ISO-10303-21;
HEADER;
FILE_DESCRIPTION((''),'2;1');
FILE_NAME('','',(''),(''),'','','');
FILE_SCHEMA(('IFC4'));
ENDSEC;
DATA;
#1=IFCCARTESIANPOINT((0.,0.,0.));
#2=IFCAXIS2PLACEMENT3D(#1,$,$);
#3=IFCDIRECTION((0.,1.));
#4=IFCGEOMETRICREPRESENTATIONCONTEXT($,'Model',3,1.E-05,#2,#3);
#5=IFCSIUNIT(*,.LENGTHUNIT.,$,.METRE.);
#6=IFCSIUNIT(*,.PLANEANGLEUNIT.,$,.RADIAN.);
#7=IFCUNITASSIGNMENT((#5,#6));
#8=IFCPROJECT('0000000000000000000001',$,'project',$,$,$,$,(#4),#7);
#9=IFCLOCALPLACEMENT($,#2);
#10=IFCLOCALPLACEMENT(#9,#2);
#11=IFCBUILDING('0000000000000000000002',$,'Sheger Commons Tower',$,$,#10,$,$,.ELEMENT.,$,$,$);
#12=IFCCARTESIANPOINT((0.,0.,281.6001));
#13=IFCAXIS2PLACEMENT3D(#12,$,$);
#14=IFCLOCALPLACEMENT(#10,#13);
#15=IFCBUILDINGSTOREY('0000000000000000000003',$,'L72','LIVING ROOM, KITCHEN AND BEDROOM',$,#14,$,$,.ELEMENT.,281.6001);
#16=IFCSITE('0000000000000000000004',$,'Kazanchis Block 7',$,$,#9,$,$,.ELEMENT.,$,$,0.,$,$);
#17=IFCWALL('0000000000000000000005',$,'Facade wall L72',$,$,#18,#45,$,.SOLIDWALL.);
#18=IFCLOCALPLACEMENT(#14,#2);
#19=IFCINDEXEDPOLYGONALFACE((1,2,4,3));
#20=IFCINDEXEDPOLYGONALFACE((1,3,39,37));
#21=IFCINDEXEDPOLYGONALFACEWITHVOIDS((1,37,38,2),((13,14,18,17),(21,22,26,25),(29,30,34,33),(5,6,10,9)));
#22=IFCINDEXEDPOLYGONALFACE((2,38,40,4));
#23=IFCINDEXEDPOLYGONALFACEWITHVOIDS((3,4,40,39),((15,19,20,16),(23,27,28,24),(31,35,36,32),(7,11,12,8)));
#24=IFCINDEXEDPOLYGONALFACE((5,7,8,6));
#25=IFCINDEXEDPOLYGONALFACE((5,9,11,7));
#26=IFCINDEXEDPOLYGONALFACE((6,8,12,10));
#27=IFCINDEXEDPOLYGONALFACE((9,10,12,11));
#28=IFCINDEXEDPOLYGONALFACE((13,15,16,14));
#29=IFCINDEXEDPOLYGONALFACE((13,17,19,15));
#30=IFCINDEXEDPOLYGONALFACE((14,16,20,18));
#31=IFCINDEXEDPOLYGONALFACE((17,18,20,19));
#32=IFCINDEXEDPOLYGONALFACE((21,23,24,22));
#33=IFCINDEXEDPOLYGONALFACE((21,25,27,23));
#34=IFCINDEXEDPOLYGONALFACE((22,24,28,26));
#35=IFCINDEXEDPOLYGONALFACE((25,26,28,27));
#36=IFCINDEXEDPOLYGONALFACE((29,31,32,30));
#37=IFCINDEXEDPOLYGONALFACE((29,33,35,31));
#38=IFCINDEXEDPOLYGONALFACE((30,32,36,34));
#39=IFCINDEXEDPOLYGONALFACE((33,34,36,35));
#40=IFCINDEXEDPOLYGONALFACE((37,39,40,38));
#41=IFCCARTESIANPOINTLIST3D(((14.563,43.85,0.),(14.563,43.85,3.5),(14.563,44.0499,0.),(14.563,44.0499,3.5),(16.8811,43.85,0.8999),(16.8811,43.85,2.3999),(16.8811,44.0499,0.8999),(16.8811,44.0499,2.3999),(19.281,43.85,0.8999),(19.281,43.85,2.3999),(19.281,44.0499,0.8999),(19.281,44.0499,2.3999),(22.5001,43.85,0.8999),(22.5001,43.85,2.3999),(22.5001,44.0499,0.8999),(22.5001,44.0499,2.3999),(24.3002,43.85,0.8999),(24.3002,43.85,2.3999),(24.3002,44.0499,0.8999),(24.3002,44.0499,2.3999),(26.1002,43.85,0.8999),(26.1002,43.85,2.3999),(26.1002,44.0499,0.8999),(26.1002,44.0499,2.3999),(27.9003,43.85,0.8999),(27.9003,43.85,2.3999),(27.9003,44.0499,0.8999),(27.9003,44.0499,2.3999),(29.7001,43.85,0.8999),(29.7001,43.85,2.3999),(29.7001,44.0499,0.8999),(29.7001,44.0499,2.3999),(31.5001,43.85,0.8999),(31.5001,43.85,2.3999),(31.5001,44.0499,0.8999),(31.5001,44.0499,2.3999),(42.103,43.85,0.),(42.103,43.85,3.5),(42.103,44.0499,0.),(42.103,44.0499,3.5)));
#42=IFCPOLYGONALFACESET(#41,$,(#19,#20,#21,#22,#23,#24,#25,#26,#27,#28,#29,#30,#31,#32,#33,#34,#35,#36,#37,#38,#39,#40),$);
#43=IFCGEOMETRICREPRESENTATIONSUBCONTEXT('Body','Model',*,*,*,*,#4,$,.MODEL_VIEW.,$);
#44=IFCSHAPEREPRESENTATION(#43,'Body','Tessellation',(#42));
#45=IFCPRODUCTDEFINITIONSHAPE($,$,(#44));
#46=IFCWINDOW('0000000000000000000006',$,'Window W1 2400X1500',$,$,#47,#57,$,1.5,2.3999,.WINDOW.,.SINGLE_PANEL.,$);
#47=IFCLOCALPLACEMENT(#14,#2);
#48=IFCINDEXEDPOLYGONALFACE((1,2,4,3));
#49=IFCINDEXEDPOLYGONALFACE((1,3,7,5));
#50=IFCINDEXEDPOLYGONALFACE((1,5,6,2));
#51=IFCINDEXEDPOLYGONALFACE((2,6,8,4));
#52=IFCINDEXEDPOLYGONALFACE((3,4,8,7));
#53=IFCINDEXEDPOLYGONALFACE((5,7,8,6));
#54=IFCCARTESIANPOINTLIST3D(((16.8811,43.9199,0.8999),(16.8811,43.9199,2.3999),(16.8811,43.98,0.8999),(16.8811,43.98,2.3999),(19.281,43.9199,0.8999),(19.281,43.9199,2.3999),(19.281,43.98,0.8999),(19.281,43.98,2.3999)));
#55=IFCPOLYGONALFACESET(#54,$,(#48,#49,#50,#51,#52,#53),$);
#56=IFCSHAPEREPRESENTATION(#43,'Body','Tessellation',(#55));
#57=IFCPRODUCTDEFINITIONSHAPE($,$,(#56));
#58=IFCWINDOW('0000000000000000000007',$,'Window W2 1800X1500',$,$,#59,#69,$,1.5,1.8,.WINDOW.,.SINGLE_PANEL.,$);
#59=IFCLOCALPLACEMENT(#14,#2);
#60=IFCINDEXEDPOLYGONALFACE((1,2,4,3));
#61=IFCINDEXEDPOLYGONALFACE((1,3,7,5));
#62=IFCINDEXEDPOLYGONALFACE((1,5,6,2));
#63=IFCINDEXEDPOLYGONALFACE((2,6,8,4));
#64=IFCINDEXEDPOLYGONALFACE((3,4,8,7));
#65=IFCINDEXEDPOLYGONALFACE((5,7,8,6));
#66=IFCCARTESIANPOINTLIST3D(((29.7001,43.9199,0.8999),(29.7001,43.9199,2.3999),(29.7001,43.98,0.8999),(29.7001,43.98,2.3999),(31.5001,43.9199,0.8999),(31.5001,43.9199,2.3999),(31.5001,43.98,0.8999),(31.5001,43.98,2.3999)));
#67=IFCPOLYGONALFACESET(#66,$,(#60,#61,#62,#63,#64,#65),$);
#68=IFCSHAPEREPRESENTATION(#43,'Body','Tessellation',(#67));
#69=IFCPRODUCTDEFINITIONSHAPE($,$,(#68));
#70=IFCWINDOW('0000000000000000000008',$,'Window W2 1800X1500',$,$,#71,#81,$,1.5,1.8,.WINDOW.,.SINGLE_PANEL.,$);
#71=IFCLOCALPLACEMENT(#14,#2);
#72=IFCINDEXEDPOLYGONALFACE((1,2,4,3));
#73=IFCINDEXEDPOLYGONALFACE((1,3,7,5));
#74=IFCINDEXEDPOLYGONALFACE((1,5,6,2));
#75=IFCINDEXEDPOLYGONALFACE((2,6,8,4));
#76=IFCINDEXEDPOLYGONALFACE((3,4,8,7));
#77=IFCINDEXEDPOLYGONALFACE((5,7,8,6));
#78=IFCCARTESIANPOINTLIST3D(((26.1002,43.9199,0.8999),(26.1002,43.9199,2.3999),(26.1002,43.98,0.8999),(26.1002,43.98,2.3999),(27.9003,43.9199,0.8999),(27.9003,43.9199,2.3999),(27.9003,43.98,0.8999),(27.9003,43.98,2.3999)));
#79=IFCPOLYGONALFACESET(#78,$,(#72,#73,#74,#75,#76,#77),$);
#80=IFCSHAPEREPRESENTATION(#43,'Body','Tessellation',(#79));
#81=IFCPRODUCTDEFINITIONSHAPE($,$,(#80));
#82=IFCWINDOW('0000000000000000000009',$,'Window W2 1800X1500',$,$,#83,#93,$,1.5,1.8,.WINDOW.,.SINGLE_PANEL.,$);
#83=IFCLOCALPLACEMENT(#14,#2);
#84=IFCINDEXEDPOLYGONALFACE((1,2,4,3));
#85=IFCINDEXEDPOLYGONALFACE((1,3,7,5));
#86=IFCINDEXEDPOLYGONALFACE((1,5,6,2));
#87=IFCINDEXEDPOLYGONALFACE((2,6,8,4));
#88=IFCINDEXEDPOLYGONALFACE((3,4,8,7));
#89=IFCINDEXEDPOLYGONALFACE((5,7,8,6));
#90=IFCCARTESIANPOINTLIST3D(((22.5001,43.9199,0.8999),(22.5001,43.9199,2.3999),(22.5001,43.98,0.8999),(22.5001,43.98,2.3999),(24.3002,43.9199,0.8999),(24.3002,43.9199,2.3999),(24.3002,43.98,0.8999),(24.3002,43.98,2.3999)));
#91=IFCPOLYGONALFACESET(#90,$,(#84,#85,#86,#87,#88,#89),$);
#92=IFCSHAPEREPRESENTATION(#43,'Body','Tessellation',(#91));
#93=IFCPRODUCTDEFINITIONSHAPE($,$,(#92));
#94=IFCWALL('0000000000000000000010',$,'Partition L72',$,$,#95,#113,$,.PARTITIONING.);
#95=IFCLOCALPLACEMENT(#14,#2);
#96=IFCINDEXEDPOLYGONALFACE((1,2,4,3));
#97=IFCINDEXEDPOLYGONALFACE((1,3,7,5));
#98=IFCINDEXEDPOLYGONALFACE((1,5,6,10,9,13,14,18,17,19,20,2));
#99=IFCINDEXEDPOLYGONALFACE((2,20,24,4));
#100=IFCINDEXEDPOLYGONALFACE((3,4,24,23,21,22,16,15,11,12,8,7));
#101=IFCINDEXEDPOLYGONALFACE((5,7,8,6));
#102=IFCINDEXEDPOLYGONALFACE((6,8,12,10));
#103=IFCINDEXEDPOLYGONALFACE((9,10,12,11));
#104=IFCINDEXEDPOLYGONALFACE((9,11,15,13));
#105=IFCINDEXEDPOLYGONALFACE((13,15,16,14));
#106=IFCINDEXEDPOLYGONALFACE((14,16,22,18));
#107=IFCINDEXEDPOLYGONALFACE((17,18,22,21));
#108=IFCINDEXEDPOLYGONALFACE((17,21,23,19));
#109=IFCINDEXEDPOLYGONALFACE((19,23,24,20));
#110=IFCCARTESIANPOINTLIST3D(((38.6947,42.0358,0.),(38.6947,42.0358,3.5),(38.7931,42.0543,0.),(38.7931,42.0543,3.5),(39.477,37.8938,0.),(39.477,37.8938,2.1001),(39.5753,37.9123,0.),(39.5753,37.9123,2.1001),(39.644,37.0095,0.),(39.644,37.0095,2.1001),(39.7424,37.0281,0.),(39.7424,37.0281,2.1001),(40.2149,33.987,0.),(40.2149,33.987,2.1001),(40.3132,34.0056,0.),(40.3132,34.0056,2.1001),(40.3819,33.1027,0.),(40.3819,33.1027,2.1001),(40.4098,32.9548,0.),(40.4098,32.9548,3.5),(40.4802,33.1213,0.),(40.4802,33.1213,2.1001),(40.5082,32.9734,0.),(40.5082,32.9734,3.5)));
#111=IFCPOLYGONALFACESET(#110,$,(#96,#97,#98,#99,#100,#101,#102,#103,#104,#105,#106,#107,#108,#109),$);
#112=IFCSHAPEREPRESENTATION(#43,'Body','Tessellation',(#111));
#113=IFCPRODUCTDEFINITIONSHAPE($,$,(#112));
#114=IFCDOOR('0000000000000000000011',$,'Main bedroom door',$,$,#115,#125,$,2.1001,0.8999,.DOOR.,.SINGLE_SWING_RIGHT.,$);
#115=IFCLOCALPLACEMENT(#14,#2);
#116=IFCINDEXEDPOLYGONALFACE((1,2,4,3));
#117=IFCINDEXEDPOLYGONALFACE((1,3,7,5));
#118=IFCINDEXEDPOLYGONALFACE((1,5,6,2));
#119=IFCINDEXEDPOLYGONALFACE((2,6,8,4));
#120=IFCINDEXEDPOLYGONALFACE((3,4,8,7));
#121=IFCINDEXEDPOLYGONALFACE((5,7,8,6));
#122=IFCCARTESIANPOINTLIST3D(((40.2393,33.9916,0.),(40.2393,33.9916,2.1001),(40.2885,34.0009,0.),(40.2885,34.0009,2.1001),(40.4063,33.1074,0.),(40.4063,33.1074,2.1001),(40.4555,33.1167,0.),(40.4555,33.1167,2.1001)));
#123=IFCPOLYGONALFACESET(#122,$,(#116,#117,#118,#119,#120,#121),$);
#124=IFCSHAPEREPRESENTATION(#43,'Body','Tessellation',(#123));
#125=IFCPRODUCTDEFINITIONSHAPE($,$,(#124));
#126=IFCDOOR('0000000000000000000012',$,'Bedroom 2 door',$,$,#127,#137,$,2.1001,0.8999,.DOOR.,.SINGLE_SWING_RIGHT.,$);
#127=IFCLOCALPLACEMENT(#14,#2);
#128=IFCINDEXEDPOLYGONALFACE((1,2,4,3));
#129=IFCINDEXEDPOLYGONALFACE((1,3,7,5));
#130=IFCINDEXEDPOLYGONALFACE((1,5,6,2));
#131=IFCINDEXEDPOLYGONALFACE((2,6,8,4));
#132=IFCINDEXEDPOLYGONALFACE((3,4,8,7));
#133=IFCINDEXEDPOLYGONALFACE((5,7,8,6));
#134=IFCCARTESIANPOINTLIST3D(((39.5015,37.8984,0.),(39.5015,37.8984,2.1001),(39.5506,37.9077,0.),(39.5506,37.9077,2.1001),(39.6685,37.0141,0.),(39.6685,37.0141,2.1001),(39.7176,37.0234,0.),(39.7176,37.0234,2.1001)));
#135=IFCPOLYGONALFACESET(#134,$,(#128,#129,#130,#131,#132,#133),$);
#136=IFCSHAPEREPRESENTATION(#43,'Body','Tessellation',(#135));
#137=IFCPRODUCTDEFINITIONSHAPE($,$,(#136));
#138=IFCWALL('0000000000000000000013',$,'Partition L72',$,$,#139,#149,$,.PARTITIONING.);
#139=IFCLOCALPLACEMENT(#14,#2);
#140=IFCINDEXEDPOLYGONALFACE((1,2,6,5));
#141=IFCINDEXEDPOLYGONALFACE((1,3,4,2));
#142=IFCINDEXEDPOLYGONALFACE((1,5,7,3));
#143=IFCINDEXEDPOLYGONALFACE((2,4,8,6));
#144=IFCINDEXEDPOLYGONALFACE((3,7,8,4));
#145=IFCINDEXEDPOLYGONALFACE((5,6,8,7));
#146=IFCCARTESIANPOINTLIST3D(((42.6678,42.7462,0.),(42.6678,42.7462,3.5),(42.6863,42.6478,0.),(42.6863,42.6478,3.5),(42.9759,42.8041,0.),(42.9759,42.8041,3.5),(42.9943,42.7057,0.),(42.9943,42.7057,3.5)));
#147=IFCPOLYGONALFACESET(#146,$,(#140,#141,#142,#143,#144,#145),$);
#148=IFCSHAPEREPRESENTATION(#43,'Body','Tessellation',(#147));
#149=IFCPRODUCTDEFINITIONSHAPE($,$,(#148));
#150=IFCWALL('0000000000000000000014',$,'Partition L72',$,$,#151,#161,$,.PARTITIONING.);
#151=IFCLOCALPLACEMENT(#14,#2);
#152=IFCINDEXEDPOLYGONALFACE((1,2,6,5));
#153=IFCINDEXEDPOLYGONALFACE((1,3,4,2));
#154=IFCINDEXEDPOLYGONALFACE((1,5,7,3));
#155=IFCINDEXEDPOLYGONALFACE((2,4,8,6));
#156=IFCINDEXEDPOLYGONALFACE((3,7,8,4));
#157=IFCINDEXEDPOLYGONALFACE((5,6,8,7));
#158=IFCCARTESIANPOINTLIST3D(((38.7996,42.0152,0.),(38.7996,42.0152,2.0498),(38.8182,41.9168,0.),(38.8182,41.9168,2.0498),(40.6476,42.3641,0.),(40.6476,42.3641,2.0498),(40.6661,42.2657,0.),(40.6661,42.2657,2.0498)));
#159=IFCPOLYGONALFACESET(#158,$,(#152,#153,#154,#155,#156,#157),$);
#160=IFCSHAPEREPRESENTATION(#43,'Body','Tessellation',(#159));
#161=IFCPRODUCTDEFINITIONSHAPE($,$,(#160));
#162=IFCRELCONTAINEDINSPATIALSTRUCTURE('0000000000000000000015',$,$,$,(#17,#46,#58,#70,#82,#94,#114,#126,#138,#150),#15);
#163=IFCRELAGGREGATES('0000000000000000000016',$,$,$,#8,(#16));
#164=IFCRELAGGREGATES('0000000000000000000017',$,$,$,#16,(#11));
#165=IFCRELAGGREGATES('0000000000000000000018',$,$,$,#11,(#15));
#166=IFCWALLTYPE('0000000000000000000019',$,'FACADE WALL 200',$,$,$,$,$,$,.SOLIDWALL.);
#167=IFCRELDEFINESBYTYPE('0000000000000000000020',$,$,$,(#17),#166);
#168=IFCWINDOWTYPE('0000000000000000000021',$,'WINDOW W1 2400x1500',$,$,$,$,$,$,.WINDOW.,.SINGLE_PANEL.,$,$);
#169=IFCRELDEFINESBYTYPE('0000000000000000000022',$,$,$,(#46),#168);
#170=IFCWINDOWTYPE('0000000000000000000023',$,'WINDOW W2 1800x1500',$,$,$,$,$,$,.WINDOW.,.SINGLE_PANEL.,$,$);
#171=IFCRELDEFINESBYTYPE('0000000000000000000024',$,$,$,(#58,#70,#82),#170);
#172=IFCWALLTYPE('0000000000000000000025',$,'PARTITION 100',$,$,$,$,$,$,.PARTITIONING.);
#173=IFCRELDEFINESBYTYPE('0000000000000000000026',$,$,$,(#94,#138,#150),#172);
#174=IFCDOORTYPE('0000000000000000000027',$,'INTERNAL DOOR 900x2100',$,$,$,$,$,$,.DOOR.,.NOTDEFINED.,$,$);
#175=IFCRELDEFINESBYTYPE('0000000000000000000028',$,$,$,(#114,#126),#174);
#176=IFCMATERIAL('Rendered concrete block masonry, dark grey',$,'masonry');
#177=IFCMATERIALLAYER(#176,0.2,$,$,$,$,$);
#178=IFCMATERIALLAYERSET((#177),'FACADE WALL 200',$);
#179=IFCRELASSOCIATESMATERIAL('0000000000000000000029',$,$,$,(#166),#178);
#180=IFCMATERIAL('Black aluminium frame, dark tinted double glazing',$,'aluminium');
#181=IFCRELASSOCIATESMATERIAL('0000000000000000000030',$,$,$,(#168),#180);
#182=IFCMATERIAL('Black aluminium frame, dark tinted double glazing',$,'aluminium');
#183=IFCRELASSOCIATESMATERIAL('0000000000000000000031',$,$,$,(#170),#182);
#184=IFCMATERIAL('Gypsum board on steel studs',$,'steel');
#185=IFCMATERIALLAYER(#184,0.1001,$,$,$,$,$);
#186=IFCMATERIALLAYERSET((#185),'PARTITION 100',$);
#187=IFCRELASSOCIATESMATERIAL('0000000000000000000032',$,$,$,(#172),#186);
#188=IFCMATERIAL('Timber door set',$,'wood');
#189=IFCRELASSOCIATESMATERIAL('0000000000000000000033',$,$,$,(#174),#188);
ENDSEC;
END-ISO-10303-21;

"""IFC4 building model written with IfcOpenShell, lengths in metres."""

from ifc_helpers import new_model, si_unit, direction, frame, frame_2d, origin, place, context, subcontext, project, spatial, rectangle, extrude, material, layer, layer_set, type_object, element, fill, save


model = new_model("IFC4")

# Units and contexts
model_context = context("Model", 3, precision=1e-05, world=origin(), true_north=direction((0.0, 1.0)))
body_context = subcontext(model_context, "Body", "Model", "MODEL_VIEW")
ifc_project = project(units=[si_unit("LENGTHUNIT", "METRE"), si_unit("PLANEANGLEUNIT", "RADIAN")], contexts=[model_context])

# Site, building, storey
site_placement = place(None, origin())
site = spatial("IfcSite", under=ifc_project, at=site_placement, Name="Kazanchis Block 7", CompositionType="ELEMENT", RefElevation=0.0)
building_placement = place(site_placement, origin())
building = spatial("IfcBuilding", under=site, at=building_placement, Name="Sheger Commons Tower", CompositionType="ELEMENT")
storey_placement = place(building_placement, frame((0.0, 0.0, 281.6001)))
storey = spatial("IfcBuildingStorey", under=building, at=storey_placement, Name="L72", Description="LIVING ROOM, KITCHEN AND BEDROOM", CompositionType="ELEMENT", Elevation=281.6001)

# Shared definitions
ifc_material_1 = material(Name="Rendered concrete block masonry, dark grey", Category="masonry")
ifc_layer_1 = layer(ifc_material_1, 0.2)
ifc_layer_set_1 = layer_set([ifc_layer_1], Name="FACADE WALL 200")
wall_type_1 = type_object("IfcWallType", Name="FACADE WALL 200", PredefinedType="SOLIDWALL", material=ifc_layer_set_1)

# Wall, openings, windows
wall_1_placement = place(storey_placement, frame((42.103, 43.95, 0.0), z_axis=(0.0, 0.0, 1.0), x_axis=(-1.0, 0.0, 0.0)))
wall_1 = element("IfcWall", 1, at=wall_1_placement, inside=storey, type_object=wall_type_1, Name="Facade wall L72", PredefinedType="SOLIDWALL", context=body_context, shape_type="SweptSolid", body=[
    extrude(rectangle(XDim=27.54, YDim=0.2, at=frame_2d((13.77, 0.0))), origin(), (0.0, 0.0, 1.0), 3.5),
])
opening_1_placement = place(wall_1_placement, frame((10.603, 0.0, 0.8999)))
opening_1 = element("IfcOpeningElement", 2, at=opening_1_placement, cuts=wall_1, PredefinedType="OPENING", context=body_context, shape_type="SweptSolid", body=[
    extrude(rectangle(XDim=1.8, YDim=1.5, at=frame_2d((0.8999, 0.75))), frame((0.0, 0.1099, 0.0), z_axis=(0.0, -1.0, 0.0), x_axis=(1.0, 0.0, 0.0)), (0.0, 0.0, 1.0), 0.22),
])
opening_2_placement = place(wall_1_placement, frame((14.2029, 0.0, 0.8999)))
opening_2 = element("IfcOpeningElement", 3, at=opening_2_placement, cuts=wall_1, PredefinedType="OPENING", context=body_context, shape_type="SweptSolid", body=[
    extrude(rectangle(XDim=1.8, YDim=1.5, at=frame_2d((0.8999, 0.75))), frame((0.0, 0.1099, 0.0), z_axis=(0.0, -1.0, 0.0), x_axis=(1.0, 0.0, 0.0)), (0.0, 0.0, 1.0), 0.22),
])
opening_3_placement = place(wall_1_placement, frame((17.803, 0.0, 0.8999)))
opening_3 = element("IfcOpeningElement", 4, at=opening_3_placement, cuts=wall_1, PredefinedType="OPENING", context=body_context, shape_type="SweptSolid", body=[
    extrude(rectangle(XDim=1.8, YDim=1.5, at=frame_2d((0.8999, 0.75))), frame((0.0, 0.1099, 0.0), z_axis=(0.0, -1.0, 0.0), x_axis=(1.0, 0.0, 0.0)), (0.0, 0.0, 1.0), 0.22),
])
opening_4_placement = place(wall_1_placement, frame((22.822, 0.0, 0.8999)))
opening_4 = element("IfcOpeningElement", 5, at=opening_4_placement, cuts=wall_1, PredefinedType="OPENING", context=body_context, shape_type="SweptSolid", body=[
    extrude(rectangle(XDim=2.3999, YDim=1.5, at=frame_2d((1.2, 0.75))), frame((0.0, 0.1099, 0.0), z_axis=(0.0, -1.0, 0.0), x_axis=(1.0, 0.0, 0.0)), (0.0, 0.0, 1.0), 0.22),
])
ifc_material_2 = material(Name="Black aluminium frame, dark tinted double glazing", Category="aluminium")
window_type_1 = type_object("IfcWindowType", Name="WINDOW W1 2400x1500", PartitioningType="SINGLE_PANEL", PredefinedType="WINDOW", material=ifc_material_2)
window_1_placement = place(opening_4_placement, origin())
window_1 = element("IfcWindow", 6, at=window_1_placement, inside=storey, type_object=window_type_1, Name="Window W1 2400X1500", OverallHeight=1.5, OverallWidth=2.3999, PartitioningType="SINGLE_PANEL", PredefinedType="WINDOW", context=body_context, shape_type="SweptSolid", body=[
    extrude(rectangle(XDim=2.3999, YDim=1.5, at=frame_2d((1.2, 0.75))), frame((0.0, 0.03, 0.0), z_axis=(0.0, -1.0, 0.0), x_axis=(1.0, 0.0, 0.0)), (0.0, 0.0, 1.0), 0.0601),
])
fill(opening_4, window_1)
ifc_material_3 = material(Name="Black aluminium frame, dark tinted double glazing", Category="aluminium")
window_type_2 = type_object("IfcWindowType", Name="WINDOW W2 1800x1500", PartitioningType="SINGLE_PANEL", PredefinedType="WINDOW", material=ifc_material_3)
window_2_placement = place(opening_1_placement, origin())
window_2 = element("IfcWindow", 7, at=window_2_placement, inside=storey, type_object=window_type_2, Name="Window W2 1800X1500", OverallHeight=1.5, OverallWidth=1.8, PartitioningType="SINGLE_PANEL", PredefinedType="WINDOW", context=body_context, shape_type="SweptSolid", body=[
    extrude(rectangle(XDim=1.8, YDim=1.5, at=frame_2d((0.8999, 0.75))), frame((0.0, 0.03, 0.0), z_axis=(0.0, -1.0, 0.0), x_axis=(1.0, 0.0, 0.0)), (0.0, 0.0, 1.0), 0.0601),
])
fill(opening_1, window_2)
window_3_placement = place(opening_2_placement, origin())
window_3 = element("IfcWindow", 8, at=window_3_placement, inside=storey, type_object=window_type_2, Name="Window W2 1800X1500", OverallHeight=1.5, OverallWidth=1.8, PartitioningType="SINGLE_PANEL", PredefinedType="WINDOW", context=body_context, shape_type="SweptSolid", body=[
    extrude(rectangle(XDim=1.8, YDim=1.5, at=frame_2d((0.8999, 0.75))), frame((0.0, 0.03, 0.0), z_axis=(0.0, -1.0, 0.0), x_axis=(1.0, 0.0, 0.0)), (0.0, 0.0, 1.0), 0.0601),
])
fill(opening_2, window_3)
window_4_placement = place(opening_3_placement, origin())
window_4 = element("IfcWindow", 9, at=window_4_placement, inside=storey, type_object=window_type_2, Name="Window W2 1800X1500", OverallHeight=1.5, OverallWidth=1.8, PartitioningType="SINGLE_PANEL", PredefinedType="WINDOW", context=body_context, shape_type="SweptSolid", body=[
    extrude(rectangle(XDim=1.8, YDim=1.5, at=frame_2d((0.8999, 0.75))), frame((0.0, 0.03, 0.0), z_axis=(0.0, -1.0, 0.0), x_axis=(1.0, 0.0, 0.0)), (0.0, 0.0, 1.0), 0.0601),
])
fill(opening_3, window_4)

# Wall, openings, doors
ifc_material_4 = material(Name="Gypsum board on steel studs", Category="steel")
ifc_layer_2 = layer(ifc_material_4, 0.1001)
ifc_layer_set_2 = layer_set([ifc_layer_2], Name="PARTITION 100")
wall_type_2 = type_object("IfcWallType", Name="PARTITION 100", PredefinedType="PARTITIONING", material=ifc_layer_set_2)
wall_2_placement = place(storey_placement, frame((38.7439, 42.0449, 0.0), z_axis=(0.0, 0.0, 1.0), x_axis=(0.185588, -0.982628, 0.0)))
wall_2 = element("IfcWall", 10, at=wall_2_placement, inside=storey, type_object=wall_type_2, Name="Partition L72", PredefinedType="PARTITIONING", context=body_context, shape_type="SweptSolid", body=[
    extrude(rectangle(XDim=9.2415, YDim=0.1001, at=frame_2d((4.6206, 0.0))), origin(), (0.0, 0.0, 1.0), 3.5),
])
opening_5_placement = place(wall_2_placement, frame((8.1909, 0.0, 0.0)))
opening_5 = element("IfcOpeningElement", 11, at=opening_5_placement, cuts=wall_2, PredefinedType="OPENING", context=body_context, shape_type="SweptSolid", body=[
    extrude(rectangle(XDim=0.8999, YDim=2.1001, at=frame_2d((0.45, 1.05))), frame((0.0, 0.0601, 0.0), z_axis=(0.0, -1.0, 0.0), x_axis=(1.0, 0.0, 0.0)), (0.0, 0.0, 1.0), 0.1201),
])
opening_6_placement = place(wall_2_placement, frame((4.2151, 0.0, 0.0)))
opening_6 = element("IfcOpeningElement", 12, at=opening_6_placement, cuts=wall_2, PredefinedType="OPENING", context=body_context, shape_type="SweptSolid", body=[
    extrude(rectangle(XDim=0.8999, YDim=2.1001, at=frame_2d((0.45, 1.05))), frame((0.0, 0.0601, 0.0), z_axis=(0.0, -1.0, 0.0), x_axis=(1.0, 0.0, 0.0)), (0.0, 0.0, 1.0), 0.1201),
])
ifc_material_5 = material(Name="Timber door set", Category="wood")
door_type = type_object("IfcDoorType", Name="INTERNAL DOOR 900x2100", OperationType="NOTDEFINED", PredefinedType="DOOR", material=ifc_material_5)
door_1_placement = place(opening_5_placement, origin())
door_1 = element("IfcDoor", 13, at=door_1_placement, inside=storey, type_object=door_type, Name="Main bedroom door", OperationType="SINGLE_SWING_RIGHT", OverallHeight=2.1001, OverallWidth=0.8999, PredefinedType="DOOR", context=body_context, shape_type="SweptSolid", body=[
    extrude(rectangle(XDim=0.8999, YDim=2.1001, at=frame_2d((0.45, 1.05))), frame((0.0, 0.0249, 0.0), z_axis=(0.0, -1.0, 0.0), x_axis=(1.0, 0.0, 0.0)), (0.0, 0.0, 1.0), 0.05),
])
fill(opening_5, door_1)
door_2_placement = place(opening_6_placement, origin())
door_2 = element("IfcDoor", 14, at=door_2_placement, inside=storey, type_object=door_type, Name="Bedroom 2 door", OperationType="SINGLE_SWING_RIGHT", OverallHeight=2.1001, OverallWidth=0.8999, PredefinedType="DOOR", context=body_context, shape_type="SweptSolid", body=[
    extrude(rectangle(XDim=0.8999, YDim=2.1001, at=frame_2d((0.45, 1.05))), frame((0.0, 0.0249, 0.0), z_axis=(0.0, -1.0, 0.0), x_axis=(1.0, 0.0, 0.0)), (0.0, 0.0, 1.0), 0.05),
])
fill(opening_6, door_2)

# Walls
wall_3_placement = place(storey_placement, frame((42.9851, 42.7549, 0.0), z_axis=(0.0, 0.0, 1.0), x_axis=(-0.982819, -0.184571, 0.0)))
element("IfcWall", 15, at=wall_3_placement, inside=storey, type_object=wall_type_2, Name="Partition L72", PredefinedType="PARTITIONING", context=body_context, shape_type="SweptSolid", body=[
    extrude(rectangle(XDim=0.3135, YDim=0.1001, at=frame_2d((0.1567, 0.0))), origin(), (0.0, 0.0, 1.0), 3.5),
])
wall_4_placement = place(storey_placement, frame((40.657, 42.3149, 0.0), z_axis=(0.0, 0.0, 1.0), x_axis=(-0.982641, -0.185519, 0.0)))
element("IfcWall", 16, at=wall_4_placement, inside=storey, type_object=wall_type_2, Name="Partition L72", PredefinedType="PARTITIONING", context=body_context, shape_type="SweptSolid", body=[
    extrude(rectangle(XDim=1.8806, YDim=0.1001, at=frame_2d((0.9404, 0.0))), origin(), (0.0, 0.0, 1.0), 2.0498),
])

save(model, "model.ifc")
